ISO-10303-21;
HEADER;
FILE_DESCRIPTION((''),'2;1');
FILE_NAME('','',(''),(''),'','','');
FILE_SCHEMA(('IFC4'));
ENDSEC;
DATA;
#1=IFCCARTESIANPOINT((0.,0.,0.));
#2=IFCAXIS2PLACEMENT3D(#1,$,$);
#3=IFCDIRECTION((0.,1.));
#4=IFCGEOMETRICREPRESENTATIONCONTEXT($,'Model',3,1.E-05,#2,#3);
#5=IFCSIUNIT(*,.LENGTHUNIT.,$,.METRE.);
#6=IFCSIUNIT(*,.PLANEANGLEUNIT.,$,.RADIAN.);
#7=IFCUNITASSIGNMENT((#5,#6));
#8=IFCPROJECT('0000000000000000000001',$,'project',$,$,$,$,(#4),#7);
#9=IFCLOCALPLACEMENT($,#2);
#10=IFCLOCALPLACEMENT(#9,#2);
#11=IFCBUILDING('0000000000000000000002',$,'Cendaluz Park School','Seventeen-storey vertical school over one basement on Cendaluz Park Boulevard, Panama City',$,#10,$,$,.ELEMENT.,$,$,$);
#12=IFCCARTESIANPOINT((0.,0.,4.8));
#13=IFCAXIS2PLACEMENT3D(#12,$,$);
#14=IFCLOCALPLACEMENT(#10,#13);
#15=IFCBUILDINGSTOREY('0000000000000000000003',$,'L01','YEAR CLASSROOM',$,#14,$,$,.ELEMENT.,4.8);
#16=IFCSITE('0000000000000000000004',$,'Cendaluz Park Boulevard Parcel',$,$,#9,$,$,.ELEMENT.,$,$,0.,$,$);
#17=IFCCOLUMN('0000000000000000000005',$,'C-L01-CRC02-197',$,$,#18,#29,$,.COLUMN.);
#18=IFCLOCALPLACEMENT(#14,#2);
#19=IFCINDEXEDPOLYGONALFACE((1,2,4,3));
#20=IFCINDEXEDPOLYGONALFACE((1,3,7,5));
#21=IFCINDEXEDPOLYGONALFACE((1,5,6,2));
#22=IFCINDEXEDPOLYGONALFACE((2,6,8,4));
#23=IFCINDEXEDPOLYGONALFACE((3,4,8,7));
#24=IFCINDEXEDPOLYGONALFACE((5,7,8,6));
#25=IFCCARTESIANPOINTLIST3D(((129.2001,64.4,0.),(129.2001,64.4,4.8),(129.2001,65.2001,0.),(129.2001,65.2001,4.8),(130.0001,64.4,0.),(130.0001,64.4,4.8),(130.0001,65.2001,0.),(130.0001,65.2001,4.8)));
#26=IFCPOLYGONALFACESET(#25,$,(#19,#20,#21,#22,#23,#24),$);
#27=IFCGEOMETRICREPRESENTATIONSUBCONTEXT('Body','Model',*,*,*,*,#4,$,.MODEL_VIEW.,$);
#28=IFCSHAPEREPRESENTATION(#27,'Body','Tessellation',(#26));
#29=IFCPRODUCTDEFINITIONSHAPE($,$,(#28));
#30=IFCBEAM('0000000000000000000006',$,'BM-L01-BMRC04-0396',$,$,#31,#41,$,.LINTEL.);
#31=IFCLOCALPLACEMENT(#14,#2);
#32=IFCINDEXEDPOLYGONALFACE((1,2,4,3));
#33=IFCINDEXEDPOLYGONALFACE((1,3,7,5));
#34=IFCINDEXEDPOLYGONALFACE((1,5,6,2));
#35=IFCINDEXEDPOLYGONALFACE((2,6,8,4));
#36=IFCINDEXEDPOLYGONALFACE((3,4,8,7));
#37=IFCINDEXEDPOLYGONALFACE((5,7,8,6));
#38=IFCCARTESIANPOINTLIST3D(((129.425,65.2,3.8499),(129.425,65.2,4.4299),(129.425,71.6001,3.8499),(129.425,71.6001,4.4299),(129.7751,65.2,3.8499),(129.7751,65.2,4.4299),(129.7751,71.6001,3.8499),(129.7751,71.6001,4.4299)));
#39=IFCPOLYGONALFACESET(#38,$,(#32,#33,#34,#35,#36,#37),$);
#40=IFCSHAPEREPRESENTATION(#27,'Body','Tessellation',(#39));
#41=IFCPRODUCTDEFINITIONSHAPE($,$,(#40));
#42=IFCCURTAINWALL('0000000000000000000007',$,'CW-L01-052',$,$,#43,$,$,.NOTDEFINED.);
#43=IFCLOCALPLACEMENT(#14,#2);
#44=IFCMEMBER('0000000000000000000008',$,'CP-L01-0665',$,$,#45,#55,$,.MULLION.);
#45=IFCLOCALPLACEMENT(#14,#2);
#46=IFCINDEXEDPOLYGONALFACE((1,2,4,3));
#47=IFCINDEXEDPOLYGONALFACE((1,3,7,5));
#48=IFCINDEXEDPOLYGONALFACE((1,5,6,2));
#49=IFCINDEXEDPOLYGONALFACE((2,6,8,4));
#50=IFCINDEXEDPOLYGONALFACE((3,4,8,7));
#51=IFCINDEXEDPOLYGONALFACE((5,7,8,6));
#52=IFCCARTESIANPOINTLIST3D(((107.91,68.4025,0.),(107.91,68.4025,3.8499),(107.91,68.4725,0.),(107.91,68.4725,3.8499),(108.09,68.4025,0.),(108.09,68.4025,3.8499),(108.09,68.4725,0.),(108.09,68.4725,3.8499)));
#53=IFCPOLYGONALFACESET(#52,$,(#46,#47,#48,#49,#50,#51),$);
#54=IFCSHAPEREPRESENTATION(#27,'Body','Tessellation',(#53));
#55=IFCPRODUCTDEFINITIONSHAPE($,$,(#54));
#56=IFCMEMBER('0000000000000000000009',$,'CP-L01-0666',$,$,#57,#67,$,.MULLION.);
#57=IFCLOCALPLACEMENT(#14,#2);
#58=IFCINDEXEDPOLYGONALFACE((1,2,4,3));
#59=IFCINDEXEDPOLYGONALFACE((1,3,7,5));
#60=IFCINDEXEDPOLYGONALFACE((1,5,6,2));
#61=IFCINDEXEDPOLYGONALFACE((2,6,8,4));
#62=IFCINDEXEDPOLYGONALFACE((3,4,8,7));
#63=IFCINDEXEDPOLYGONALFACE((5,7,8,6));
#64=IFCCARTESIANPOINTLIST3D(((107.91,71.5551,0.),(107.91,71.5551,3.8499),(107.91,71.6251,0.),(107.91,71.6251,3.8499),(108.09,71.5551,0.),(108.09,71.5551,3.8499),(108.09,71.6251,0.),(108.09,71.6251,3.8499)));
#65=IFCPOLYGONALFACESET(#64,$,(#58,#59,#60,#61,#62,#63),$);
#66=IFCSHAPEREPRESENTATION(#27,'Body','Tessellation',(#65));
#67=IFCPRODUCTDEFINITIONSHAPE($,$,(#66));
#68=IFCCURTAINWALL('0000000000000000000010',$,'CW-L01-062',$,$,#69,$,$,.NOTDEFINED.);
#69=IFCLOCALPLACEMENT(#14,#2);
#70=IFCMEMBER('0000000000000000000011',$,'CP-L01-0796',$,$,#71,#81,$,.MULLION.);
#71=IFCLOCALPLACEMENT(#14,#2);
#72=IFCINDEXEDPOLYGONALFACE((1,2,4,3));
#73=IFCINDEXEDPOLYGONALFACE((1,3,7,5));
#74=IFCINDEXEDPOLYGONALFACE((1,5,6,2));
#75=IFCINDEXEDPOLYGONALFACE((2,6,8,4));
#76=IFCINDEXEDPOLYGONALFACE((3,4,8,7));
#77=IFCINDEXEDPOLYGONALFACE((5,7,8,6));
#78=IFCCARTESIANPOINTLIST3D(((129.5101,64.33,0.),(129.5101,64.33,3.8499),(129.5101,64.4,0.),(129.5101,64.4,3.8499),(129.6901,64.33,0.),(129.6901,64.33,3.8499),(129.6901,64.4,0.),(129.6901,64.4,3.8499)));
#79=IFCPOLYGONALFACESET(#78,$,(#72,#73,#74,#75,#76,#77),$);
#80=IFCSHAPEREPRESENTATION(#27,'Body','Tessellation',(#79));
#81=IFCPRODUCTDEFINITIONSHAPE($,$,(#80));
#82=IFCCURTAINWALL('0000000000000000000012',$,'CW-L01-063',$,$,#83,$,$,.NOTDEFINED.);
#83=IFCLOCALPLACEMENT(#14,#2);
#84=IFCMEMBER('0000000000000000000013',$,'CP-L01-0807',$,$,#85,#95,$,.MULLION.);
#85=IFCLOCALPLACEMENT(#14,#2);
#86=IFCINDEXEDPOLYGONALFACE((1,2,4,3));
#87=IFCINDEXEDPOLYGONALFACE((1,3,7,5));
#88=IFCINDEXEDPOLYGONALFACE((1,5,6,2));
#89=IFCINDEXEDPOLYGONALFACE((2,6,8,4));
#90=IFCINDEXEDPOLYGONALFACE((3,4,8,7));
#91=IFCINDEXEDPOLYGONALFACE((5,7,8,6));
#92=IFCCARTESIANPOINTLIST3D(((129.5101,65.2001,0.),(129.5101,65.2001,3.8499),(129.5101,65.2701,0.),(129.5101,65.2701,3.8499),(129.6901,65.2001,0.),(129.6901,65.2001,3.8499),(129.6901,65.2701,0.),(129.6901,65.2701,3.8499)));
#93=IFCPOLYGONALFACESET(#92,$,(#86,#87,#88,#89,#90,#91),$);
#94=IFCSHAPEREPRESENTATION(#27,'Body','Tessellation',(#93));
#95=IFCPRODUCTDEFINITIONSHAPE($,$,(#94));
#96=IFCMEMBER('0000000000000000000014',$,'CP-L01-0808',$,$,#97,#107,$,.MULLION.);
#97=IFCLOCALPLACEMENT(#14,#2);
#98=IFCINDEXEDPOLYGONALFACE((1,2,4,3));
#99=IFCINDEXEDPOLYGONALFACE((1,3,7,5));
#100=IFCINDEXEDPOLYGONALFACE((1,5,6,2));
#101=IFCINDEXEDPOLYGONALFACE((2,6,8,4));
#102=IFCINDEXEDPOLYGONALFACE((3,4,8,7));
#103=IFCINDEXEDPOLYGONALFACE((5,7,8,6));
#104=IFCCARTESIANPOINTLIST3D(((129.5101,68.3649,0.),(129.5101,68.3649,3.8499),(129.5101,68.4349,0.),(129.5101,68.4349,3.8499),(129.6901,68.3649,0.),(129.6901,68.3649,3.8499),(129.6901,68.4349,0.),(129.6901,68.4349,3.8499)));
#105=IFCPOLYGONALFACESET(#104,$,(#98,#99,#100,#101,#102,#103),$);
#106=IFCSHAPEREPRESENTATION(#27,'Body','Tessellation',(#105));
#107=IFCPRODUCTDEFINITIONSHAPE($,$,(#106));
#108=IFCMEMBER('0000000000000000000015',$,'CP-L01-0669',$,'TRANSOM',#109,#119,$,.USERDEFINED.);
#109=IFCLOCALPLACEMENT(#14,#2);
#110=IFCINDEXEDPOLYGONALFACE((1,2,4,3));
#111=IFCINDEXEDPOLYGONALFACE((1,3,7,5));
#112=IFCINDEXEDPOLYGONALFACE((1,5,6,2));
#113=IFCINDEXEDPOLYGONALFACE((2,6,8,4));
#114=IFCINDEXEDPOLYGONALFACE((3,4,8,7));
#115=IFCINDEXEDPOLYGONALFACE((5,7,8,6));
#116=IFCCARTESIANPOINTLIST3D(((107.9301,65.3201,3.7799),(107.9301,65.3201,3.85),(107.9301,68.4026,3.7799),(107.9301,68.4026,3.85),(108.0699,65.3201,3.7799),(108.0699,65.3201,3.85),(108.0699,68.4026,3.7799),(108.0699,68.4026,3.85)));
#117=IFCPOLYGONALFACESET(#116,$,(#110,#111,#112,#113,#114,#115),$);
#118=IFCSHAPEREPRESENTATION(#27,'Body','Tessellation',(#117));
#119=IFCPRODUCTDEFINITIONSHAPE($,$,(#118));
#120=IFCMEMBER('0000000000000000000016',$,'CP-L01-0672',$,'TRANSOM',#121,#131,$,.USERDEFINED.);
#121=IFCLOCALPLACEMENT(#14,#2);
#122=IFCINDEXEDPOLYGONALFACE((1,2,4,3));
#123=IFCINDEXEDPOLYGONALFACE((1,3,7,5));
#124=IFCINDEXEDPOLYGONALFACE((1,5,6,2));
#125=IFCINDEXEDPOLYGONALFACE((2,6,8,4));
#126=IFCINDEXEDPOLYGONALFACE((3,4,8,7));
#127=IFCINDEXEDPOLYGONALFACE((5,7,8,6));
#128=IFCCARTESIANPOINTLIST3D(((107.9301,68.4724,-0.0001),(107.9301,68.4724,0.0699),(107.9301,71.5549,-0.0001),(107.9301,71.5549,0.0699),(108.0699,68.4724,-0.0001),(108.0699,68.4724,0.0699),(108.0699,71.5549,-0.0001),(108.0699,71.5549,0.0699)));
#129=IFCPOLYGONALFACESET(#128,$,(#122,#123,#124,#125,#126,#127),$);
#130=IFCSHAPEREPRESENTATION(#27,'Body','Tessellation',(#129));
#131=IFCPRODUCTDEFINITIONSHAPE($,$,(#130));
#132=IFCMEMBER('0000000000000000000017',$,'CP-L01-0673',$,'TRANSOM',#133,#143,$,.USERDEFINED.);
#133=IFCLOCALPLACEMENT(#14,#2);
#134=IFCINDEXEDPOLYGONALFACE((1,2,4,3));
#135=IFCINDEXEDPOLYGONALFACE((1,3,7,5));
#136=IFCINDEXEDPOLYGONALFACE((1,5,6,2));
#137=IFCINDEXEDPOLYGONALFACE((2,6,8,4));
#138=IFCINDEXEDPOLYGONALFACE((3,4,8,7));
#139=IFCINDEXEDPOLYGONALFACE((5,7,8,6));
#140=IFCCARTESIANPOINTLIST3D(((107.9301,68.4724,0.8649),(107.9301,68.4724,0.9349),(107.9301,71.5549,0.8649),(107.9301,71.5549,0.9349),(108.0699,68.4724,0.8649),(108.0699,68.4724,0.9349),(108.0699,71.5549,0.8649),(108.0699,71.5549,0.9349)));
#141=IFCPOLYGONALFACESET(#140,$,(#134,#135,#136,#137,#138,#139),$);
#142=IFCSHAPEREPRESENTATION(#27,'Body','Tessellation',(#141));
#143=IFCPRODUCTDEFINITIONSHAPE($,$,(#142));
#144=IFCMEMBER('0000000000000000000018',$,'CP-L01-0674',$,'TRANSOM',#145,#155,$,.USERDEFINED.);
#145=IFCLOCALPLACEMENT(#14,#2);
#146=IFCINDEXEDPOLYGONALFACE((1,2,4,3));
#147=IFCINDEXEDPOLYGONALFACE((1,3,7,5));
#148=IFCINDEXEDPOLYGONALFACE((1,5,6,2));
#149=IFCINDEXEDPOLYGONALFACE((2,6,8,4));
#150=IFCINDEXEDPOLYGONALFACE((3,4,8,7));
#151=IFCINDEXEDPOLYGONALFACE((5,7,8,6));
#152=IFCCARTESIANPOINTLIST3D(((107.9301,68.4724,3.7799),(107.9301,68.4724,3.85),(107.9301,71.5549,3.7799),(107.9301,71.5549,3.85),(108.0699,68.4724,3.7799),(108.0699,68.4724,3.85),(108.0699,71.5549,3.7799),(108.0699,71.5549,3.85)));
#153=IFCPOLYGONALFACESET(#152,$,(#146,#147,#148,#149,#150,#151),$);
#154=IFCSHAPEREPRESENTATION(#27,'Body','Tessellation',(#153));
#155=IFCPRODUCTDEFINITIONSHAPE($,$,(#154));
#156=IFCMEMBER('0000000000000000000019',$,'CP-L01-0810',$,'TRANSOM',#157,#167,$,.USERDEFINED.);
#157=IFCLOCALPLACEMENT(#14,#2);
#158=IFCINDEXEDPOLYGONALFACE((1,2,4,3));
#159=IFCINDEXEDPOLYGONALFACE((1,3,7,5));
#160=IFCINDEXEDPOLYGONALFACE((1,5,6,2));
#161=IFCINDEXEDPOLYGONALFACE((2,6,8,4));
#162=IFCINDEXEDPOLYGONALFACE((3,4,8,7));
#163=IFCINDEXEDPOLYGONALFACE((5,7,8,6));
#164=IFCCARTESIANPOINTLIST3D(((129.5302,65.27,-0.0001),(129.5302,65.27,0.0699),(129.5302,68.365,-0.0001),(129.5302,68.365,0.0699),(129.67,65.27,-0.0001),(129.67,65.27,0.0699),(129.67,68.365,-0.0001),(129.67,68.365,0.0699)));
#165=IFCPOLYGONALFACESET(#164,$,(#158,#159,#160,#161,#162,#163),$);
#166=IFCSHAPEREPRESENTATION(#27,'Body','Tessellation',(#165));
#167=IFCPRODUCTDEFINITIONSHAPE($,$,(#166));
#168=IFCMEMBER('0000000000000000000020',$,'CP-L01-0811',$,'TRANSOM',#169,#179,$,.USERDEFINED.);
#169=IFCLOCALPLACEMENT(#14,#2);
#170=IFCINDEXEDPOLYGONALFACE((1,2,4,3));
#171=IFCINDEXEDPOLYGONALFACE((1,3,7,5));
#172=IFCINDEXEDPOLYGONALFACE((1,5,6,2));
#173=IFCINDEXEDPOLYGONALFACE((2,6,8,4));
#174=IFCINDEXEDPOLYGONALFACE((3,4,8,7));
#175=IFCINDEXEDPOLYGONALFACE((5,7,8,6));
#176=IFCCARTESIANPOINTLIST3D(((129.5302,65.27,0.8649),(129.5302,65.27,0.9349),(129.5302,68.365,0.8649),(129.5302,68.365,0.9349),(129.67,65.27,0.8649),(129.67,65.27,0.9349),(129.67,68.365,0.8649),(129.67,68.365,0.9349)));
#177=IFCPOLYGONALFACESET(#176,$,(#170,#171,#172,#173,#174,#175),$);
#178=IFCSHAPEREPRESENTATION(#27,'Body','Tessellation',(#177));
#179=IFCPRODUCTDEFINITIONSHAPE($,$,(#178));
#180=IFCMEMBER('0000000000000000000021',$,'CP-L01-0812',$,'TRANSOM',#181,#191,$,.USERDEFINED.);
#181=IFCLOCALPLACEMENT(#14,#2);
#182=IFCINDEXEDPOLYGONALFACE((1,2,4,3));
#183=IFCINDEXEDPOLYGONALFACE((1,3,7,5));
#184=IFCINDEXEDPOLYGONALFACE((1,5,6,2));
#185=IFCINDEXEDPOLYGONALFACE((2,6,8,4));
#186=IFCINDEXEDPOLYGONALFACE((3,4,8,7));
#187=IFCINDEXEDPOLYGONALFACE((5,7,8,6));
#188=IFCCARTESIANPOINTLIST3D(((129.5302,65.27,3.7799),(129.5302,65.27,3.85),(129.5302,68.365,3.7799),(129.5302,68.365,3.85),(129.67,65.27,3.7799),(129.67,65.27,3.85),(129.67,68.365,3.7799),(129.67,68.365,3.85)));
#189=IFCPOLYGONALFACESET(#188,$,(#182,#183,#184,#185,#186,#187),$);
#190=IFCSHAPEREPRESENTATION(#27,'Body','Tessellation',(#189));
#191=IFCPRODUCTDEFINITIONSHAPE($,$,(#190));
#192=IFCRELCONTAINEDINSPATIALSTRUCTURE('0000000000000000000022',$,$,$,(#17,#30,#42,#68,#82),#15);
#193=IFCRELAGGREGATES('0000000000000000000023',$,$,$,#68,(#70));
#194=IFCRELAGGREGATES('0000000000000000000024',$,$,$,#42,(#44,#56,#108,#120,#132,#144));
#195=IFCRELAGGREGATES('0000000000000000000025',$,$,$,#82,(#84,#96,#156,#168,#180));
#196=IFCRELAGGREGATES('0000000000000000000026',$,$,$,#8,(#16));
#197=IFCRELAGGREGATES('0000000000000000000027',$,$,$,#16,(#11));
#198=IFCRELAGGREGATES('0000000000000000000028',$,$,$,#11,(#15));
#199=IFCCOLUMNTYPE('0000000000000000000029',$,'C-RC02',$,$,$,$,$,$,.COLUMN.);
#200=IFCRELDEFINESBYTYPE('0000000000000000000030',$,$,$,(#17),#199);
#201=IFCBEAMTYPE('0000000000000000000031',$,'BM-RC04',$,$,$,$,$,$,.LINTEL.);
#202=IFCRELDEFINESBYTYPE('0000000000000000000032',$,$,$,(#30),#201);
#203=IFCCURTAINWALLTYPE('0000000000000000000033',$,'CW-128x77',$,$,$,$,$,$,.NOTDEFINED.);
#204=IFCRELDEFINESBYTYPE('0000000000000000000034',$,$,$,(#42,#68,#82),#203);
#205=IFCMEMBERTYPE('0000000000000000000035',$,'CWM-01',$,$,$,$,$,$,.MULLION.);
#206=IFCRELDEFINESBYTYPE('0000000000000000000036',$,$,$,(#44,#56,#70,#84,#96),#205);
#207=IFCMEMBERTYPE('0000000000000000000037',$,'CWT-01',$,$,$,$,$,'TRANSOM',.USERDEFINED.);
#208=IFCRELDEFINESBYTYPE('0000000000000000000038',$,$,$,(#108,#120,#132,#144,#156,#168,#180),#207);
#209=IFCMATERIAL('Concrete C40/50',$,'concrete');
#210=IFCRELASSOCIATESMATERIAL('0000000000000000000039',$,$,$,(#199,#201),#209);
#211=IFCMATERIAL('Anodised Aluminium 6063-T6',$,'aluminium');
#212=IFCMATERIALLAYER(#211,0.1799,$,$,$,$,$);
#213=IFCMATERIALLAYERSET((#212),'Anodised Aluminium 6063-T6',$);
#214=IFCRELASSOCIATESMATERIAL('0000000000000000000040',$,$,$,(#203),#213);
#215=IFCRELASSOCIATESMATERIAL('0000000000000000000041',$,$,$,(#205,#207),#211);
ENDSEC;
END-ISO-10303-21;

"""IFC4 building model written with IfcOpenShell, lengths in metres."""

from ifc_helpers import new_model, si_unit, direction, frame, origin, origin_2d, place, context, subcontext, project, spatial, rectangle, extrude, material, layer, layer_set, material_profile, profile_set, type_object, element, aggregate, save


model = new_model("IFC4")

# Units and contexts
model_context = context("Model", 3, precision=1e-05, world=origin(), true_north=direction((0.0, 1.0)))
body_context = subcontext(model_context, "Body", "Model", "MODEL_VIEW")
ifc_project = project(units=[si_unit("LENGTHUNIT", "METRE"), si_unit("PLANEANGLEUNIT", "RADIAN")], contexts=[model_context])

# Site, building, storey
site_placement = place(None, origin())
site = spatial("IfcSite", under=ifc_project, at=site_placement, Name="Cendaluz Park Boulevard Parcel", CompositionType="ELEMENT", RefElevation=0.0)
building_placement = place(site_placement, origin())
building = spatial("IfcBuilding", under=site, at=building_placement, Name="Cendaluz Park School", Description="Seventeen-storey vertical school over one basement on Cendaluz Park Boulevard, Panama City", CompositionType="ELEMENT")
storey_placement = place(building_placement, frame((0.0, 0.0, 4.8)))
storey = spatial("IfcBuildingStorey", under=building, at=storey_placement, Name="L01", Description="YEAR CLASSROOM", CompositionType="ELEMENT", Elevation=4.8)

# Column
ifc_material_1 = material(Name="Concrete C40/50", Category="concrete")
ifc_material_profile_1 = material_profile(ifc_material_1, rectangle(XDim=0.8, YDim=0.8, at=origin_2d()), Name="RC 800x800", Category="concrete")
ifc_profile_set_1 = profile_set([ifc_material_profile_1], Name="Concrete C40/50")
column_type = type_object("IfcColumnType", Name="C-RC02", PredefinedType="COLUMN", material=ifc_profile_set_1)
column_placement = place(storey_placement, frame((129.6001, 64.8, 0.0), z_axis=(0.0, 0.0, 1.0), x_axis=(1.0, 0.0, 0.0)))
element("IfcColumn", 1, at=column_placement, inside=storey, type_object=column_type, Name="C-L01-CRC02-197", PredefinedType="COLUMN", context=body_context, shape_type="SweptSolid", body=[
    extrude(rectangle(XDim=0.8, YDim=0.8, at=origin_2d()), origin(), (0.0, 0.0, 1.0), 4.8),
])

# Beam
ifc_material_profile_2 = material_profile(ifc_material_1, rectangle(XDim=0.3501, YDim=0.5801, at=origin_2d()), Name="RC 350x580", Category="concrete")
ifc_profile_set_2 = profile_set([ifc_material_profile_2], Name="Concrete C40/50")
beam_type = type_object("IfcBeamType", Name="BM-RC04", PredefinedType="LINTEL", material=ifc_profile_set_2)
beam_placement = place(storey_placement, frame((129.6001, 65.2, 4.1399), z_axis=(0.0, 1.0, 0.0), x_axis=(-1.0, 0.0, 0.0)))
element("IfcBeam", 2, at=beam_placement, inside=storey, type_object=beam_type, Name="BM-L01-BMRC04-0396", PredefinedType="LINTEL", context=body_context, shape_type="SweptSolid", body=[
    extrude(rectangle(XDim=0.3501, YDim=0.5801, at=origin_2d()), origin(), (0.0, 0.0, 1.0), 6.4001),
])

# Curtain wall, members
ifc_material_2 = material(Name="Anodised Aluminium 6063-T6", Category="aluminium")
ifc_layer_1 = layer(ifc_material_2, 0.1799)
ifc_layer_set_1 = layer_set([ifc_layer_1], Name="Anodised Aluminium 6063-T6")
curtain_wall_type = type_object("IfcCurtainWallType", Name="CW-128x77", PredefinedType="NOTDEFINED", material=ifc_layer_set_1)
curtain_wall_1_placement = place(storey_placement, origin())
curtain_wall_1 = element("IfcCurtainWall", 3, at=curtain_wall_1_placement, inside=storey, type_object=curtain_wall_type, Name="CW-L01-052", PredefinedType="NOTDEFINED")
ifc_material_profile_3 = material_profile(ifc_material_2, rectangle(XDim=0.1799, YDim=0.0701, at=origin_2d()), Name="CWM 180x70", Category="aluminium")
ifc_profile_set_3 = profile_set([ifc_material_profile_3], Name="Anodised Aluminium 6063-T6")
member_type_1 = type_object("IfcMemberType", Name="CWM-01", PredefinedType="MULLION", material=ifc_profile_set_3)
member_1_placement = place(storey_placement, frame((108.0, 68.4375, 0.0), z_axis=(0.0, 0.0, 1.0), x_axis=(-1.0, 0.0, 0.0)))
member_1 = element("IfcMember", 4, at=member_1_placement, type_object=member_type_1, Name="CP-L01-0665", PredefinedType="MULLION", context=body_context, shape_type="SweptSolid", body=[
    extrude(rectangle(XDim=0.1799, YDim=0.0701, at=origin_2d()), origin(), (0.0, 0.0, 1.0), 3.8499),
])
member_2_placement = place(storey_placement, frame((108.0, 71.5901, 0.0), z_axis=(0.0, 0.0, 1.0), x_axis=(-1.0, 0.0, 0.0)))
member_2 = element("IfcMember", 5, at=member_2_placement, type_object=member_type_1, Name="CP-L01-0666", PredefinedType="MULLION", context=body_context, shape_type="SweptSolid", body=[
    extrude(rectangle(XDim=0.1799, YDim=0.0701, at=origin_2d()), origin(), (0.0, 0.0, 1.0), 3.8499),
])

# Curtain wall, member
curtain_wall_2_placement = place(storey_placement, origin())
curtain_wall_2 = element("IfcCurtainWall", 6, at=curtain_wall_2_placement, inside=storey, type_object=curtain_wall_type, Name="CW-L01-062", PredefinedType="NOTDEFINED")
member_3_placement = place(storey_placement, frame((129.6001, 64.365, 0.0), z_axis=(0.0, 0.0, 1.0), x_axis=(-1.0, 0.0, 0.0)))
member_3 = element("IfcMember", 7, at=member_3_placement, type_object=member_type_1, Name="CP-L01-0796", PredefinedType="MULLION", context=body_context, shape_type="SweptSolid", body=[
    extrude(rectangle(XDim=0.1799, YDim=0.0701, at=origin_2d()), origin(), (0.0, 0.0, 1.0), 3.8499),
])
aggregate(curtain_wall_2, [member_3])

# Curtain wall, members
curtain_wall_3_placement = place(storey_placement, origin())
curtain_wall_3 = element("IfcCurtainWall", 8, at=curtain_wall_3_placement, inside=storey, type_object=curtain_wall_type, Name="CW-L01-063", PredefinedType="NOTDEFINED")
member_4_placement = place(storey_placement, frame((129.6001, 65.2351, 0.0), z_axis=(0.0, 0.0, 1.0), x_axis=(-1.0, 0.0, 0.0)))
member_4 = element("IfcMember", 9, at=member_4_placement, type_object=member_type_1, Name="CP-L01-0807", PredefinedType="MULLION", context=body_context, shape_type="SweptSolid", body=[
    extrude(rectangle(XDim=0.1799, YDim=0.0701, at=origin_2d()), origin(), (0.0, 0.0, 1.0), 3.8499),
])
member_5_placement = place(storey_placement, frame((129.6001, 68.3999, 0.0), z_axis=(0.0, 0.0, 1.0), x_axis=(-1.0, 0.0, 0.0)))
member_5 = element("IfcMember", 10, at=member_5_placement, type_object=member_type_1, Name="CP-L01-0808", PredefinedType="MULLION", context=body_context, shape_type="SweptSolid", body=[
    extrude(rectangle(XDim=0.1799, YDim=0.0701, at=origin_2d()), origin(), (0.0, 0.0, 1.0), 3.8499),
])

# Members
ifc_material_profile_4 = material_profile(ifc_material_2, rectangle(XDim=0.1399, YDim=0.0701, at=origin_2d()), Name="CWT 140x70", Category="aluminium")
ifc_profile_set_4 = profile_set([ifc_material_profile_4], Name="Anodised Aluminium 6063-T6")
member_type_2 = type_object("IfcMemberType", Name="CWT-01", ElementType="TRANSOM", PredefinedType="USERDEFINED", material=ifc_profile_set_4)
member_6_placement = place(storey_placement, frame((108.0, 65.3201, 3.8149), z_axis=(0.0, 1.0, 0.0), x_axis=(-1.0, 0.0, 0.0)))
member_6 = element("IfcMember", 11, at=member_6_placement, type_object=member_type_2, Name="CP-L01-0669", ObjectType="TRANSOM", PredefinedType="USERDEFINED", context=body_context, shape_type="SweptSolid", body=[
    extrude(rectangle(XDim=0.1399, YDim=0.0701, at=origin_2d()), origin(), (0.0, 0.0, 1.0), 3.0825),
])
member_7_placement = place(storey_placement, frame((108.0, 68.4724, 0.0349), z_axis=(0.0, 1.0, 0.0), x_axis=(-1.0, 0.0, 0.0)))
member_7 = element("IfcMember", 12, at=member_7_placement, type_object=member_type_2, Name="CP-L01-0672", ObjectType="TRANSOM", PredefinedType="USERDEFINED", context=body_context, shape_type="SweptSolid", body=[
    extrude(rectangle(XDim=0.1399, YDim=0.0701, at=origin_2d()), origin(), (0.0, 0.0, 1.0), 3.0825),
])
member_8_placement = place(storey_placement, frame((108.0, 68.4724, 0.8999), z_axis=(0.0, 1.0, 0.0), x_axis=(-1.0, 0.0, 0.0)))
member_8 = element("IfcMember", 13, at=member_8_placement, type_object=member_type_2, Name="CP-L01-0673", ObjectType="TRANSOM", PredefinedType="USERDEFINED", context=body_context, shape_type="SweptSolid", body=[
    extrude(rectangle(XDim=0.1399, YDim=0.0701, at=origin_2d()), origin(), (0.0, 0.0, 1.0), 3.0825),
])
member_9_placement = place(storey_placement, frame((108.0, 68.4724, 3.8149), z_axis=(0.0, 1.0, 0.0), x_axis=(-1.0, 0.0, 0.0)))
member_9 = element("IfcMember", 14, at=member_9_placement, type_object=member_type_2, Name="CP-L01-0674", ObjectType="TRANSOM", PredefinedType="USERDEFINED", context=body_context, shape_type="SweptSolid", body=[
    extrude(rectangle(XDim=0.1399, YDim=0.0701, at=origin_2d()), origin(), (0.0, 0.0, 1.0), 3.0825),
])
member_10_placement = place(storey_placement, frame((129.6001, 65.27, 0.0349), z_axis=(0.0, 1.0, 0.0), x_axis=(-1.0, 0.0, 0.0)))
member_10 = element("IfcMember", 15, at=member_10_placement, type_object=member_type_2, Name="CP-L01-0810", ObjectType="TRANSOM", PredefinedType="USERDEFINED", context=body_context, shape_type="SweptSolid", body=[
    extrude(rectangle(XDim=0.1399, YDim=0.0701, at=origin_2d()), origin(), (0.0, 0.0, 1.0), 3.095),
])
member_11_placement = place(storey_placement, frame((129.6001, 65.27, 0.8999), z_axis=(0.0, 1.0, 0.0), x_axis=(-1.0, 0.0, 0.0)))
member_11 = element("IfcMember", 16, at=member_11_placement, type_object=member_type_2, Name="CP-L01-0811", ObjectType="TRANSOM", PredefinedType="USERDEFINED", context=body_context, shape_type="SweptSolid", body=[
    extrude(rectangle(XDim=0.1399, YDim=0.0701, at=origin_2d()), origin(), (0.0, 0.0, 1.0), 3.095),
])
member_12_placement = place(storey_placement, frame((129.6001, 65.27, 3.8149), z_axis=(0.0, 1.0, 0.0), x_axis=(-1.0, 0.0, 0.0)))
member_12 = element("IfcMember", 17, at=member_12_placement, type_object=member_type_2, Name="CP-L01-0812", ObjectType="TRANSOM", PredefinedType="USERDEFINED", context=body_context, shape_type="SweptSolid", body=[
    extrude(rectangle(XDim=0.1399, YDim=0.0701, at=origin_2d()), origin(), (0.0, 0.0, 1.0), 3.095),
])

aggregate(curtain_wall_1, [member_1, member_2, member_6, member_7, member_8, member_9])
aggregate(curtain_wall_3, [member_4, member_5, member_10, member_11, member_12])

save(model, "model.ifc")
